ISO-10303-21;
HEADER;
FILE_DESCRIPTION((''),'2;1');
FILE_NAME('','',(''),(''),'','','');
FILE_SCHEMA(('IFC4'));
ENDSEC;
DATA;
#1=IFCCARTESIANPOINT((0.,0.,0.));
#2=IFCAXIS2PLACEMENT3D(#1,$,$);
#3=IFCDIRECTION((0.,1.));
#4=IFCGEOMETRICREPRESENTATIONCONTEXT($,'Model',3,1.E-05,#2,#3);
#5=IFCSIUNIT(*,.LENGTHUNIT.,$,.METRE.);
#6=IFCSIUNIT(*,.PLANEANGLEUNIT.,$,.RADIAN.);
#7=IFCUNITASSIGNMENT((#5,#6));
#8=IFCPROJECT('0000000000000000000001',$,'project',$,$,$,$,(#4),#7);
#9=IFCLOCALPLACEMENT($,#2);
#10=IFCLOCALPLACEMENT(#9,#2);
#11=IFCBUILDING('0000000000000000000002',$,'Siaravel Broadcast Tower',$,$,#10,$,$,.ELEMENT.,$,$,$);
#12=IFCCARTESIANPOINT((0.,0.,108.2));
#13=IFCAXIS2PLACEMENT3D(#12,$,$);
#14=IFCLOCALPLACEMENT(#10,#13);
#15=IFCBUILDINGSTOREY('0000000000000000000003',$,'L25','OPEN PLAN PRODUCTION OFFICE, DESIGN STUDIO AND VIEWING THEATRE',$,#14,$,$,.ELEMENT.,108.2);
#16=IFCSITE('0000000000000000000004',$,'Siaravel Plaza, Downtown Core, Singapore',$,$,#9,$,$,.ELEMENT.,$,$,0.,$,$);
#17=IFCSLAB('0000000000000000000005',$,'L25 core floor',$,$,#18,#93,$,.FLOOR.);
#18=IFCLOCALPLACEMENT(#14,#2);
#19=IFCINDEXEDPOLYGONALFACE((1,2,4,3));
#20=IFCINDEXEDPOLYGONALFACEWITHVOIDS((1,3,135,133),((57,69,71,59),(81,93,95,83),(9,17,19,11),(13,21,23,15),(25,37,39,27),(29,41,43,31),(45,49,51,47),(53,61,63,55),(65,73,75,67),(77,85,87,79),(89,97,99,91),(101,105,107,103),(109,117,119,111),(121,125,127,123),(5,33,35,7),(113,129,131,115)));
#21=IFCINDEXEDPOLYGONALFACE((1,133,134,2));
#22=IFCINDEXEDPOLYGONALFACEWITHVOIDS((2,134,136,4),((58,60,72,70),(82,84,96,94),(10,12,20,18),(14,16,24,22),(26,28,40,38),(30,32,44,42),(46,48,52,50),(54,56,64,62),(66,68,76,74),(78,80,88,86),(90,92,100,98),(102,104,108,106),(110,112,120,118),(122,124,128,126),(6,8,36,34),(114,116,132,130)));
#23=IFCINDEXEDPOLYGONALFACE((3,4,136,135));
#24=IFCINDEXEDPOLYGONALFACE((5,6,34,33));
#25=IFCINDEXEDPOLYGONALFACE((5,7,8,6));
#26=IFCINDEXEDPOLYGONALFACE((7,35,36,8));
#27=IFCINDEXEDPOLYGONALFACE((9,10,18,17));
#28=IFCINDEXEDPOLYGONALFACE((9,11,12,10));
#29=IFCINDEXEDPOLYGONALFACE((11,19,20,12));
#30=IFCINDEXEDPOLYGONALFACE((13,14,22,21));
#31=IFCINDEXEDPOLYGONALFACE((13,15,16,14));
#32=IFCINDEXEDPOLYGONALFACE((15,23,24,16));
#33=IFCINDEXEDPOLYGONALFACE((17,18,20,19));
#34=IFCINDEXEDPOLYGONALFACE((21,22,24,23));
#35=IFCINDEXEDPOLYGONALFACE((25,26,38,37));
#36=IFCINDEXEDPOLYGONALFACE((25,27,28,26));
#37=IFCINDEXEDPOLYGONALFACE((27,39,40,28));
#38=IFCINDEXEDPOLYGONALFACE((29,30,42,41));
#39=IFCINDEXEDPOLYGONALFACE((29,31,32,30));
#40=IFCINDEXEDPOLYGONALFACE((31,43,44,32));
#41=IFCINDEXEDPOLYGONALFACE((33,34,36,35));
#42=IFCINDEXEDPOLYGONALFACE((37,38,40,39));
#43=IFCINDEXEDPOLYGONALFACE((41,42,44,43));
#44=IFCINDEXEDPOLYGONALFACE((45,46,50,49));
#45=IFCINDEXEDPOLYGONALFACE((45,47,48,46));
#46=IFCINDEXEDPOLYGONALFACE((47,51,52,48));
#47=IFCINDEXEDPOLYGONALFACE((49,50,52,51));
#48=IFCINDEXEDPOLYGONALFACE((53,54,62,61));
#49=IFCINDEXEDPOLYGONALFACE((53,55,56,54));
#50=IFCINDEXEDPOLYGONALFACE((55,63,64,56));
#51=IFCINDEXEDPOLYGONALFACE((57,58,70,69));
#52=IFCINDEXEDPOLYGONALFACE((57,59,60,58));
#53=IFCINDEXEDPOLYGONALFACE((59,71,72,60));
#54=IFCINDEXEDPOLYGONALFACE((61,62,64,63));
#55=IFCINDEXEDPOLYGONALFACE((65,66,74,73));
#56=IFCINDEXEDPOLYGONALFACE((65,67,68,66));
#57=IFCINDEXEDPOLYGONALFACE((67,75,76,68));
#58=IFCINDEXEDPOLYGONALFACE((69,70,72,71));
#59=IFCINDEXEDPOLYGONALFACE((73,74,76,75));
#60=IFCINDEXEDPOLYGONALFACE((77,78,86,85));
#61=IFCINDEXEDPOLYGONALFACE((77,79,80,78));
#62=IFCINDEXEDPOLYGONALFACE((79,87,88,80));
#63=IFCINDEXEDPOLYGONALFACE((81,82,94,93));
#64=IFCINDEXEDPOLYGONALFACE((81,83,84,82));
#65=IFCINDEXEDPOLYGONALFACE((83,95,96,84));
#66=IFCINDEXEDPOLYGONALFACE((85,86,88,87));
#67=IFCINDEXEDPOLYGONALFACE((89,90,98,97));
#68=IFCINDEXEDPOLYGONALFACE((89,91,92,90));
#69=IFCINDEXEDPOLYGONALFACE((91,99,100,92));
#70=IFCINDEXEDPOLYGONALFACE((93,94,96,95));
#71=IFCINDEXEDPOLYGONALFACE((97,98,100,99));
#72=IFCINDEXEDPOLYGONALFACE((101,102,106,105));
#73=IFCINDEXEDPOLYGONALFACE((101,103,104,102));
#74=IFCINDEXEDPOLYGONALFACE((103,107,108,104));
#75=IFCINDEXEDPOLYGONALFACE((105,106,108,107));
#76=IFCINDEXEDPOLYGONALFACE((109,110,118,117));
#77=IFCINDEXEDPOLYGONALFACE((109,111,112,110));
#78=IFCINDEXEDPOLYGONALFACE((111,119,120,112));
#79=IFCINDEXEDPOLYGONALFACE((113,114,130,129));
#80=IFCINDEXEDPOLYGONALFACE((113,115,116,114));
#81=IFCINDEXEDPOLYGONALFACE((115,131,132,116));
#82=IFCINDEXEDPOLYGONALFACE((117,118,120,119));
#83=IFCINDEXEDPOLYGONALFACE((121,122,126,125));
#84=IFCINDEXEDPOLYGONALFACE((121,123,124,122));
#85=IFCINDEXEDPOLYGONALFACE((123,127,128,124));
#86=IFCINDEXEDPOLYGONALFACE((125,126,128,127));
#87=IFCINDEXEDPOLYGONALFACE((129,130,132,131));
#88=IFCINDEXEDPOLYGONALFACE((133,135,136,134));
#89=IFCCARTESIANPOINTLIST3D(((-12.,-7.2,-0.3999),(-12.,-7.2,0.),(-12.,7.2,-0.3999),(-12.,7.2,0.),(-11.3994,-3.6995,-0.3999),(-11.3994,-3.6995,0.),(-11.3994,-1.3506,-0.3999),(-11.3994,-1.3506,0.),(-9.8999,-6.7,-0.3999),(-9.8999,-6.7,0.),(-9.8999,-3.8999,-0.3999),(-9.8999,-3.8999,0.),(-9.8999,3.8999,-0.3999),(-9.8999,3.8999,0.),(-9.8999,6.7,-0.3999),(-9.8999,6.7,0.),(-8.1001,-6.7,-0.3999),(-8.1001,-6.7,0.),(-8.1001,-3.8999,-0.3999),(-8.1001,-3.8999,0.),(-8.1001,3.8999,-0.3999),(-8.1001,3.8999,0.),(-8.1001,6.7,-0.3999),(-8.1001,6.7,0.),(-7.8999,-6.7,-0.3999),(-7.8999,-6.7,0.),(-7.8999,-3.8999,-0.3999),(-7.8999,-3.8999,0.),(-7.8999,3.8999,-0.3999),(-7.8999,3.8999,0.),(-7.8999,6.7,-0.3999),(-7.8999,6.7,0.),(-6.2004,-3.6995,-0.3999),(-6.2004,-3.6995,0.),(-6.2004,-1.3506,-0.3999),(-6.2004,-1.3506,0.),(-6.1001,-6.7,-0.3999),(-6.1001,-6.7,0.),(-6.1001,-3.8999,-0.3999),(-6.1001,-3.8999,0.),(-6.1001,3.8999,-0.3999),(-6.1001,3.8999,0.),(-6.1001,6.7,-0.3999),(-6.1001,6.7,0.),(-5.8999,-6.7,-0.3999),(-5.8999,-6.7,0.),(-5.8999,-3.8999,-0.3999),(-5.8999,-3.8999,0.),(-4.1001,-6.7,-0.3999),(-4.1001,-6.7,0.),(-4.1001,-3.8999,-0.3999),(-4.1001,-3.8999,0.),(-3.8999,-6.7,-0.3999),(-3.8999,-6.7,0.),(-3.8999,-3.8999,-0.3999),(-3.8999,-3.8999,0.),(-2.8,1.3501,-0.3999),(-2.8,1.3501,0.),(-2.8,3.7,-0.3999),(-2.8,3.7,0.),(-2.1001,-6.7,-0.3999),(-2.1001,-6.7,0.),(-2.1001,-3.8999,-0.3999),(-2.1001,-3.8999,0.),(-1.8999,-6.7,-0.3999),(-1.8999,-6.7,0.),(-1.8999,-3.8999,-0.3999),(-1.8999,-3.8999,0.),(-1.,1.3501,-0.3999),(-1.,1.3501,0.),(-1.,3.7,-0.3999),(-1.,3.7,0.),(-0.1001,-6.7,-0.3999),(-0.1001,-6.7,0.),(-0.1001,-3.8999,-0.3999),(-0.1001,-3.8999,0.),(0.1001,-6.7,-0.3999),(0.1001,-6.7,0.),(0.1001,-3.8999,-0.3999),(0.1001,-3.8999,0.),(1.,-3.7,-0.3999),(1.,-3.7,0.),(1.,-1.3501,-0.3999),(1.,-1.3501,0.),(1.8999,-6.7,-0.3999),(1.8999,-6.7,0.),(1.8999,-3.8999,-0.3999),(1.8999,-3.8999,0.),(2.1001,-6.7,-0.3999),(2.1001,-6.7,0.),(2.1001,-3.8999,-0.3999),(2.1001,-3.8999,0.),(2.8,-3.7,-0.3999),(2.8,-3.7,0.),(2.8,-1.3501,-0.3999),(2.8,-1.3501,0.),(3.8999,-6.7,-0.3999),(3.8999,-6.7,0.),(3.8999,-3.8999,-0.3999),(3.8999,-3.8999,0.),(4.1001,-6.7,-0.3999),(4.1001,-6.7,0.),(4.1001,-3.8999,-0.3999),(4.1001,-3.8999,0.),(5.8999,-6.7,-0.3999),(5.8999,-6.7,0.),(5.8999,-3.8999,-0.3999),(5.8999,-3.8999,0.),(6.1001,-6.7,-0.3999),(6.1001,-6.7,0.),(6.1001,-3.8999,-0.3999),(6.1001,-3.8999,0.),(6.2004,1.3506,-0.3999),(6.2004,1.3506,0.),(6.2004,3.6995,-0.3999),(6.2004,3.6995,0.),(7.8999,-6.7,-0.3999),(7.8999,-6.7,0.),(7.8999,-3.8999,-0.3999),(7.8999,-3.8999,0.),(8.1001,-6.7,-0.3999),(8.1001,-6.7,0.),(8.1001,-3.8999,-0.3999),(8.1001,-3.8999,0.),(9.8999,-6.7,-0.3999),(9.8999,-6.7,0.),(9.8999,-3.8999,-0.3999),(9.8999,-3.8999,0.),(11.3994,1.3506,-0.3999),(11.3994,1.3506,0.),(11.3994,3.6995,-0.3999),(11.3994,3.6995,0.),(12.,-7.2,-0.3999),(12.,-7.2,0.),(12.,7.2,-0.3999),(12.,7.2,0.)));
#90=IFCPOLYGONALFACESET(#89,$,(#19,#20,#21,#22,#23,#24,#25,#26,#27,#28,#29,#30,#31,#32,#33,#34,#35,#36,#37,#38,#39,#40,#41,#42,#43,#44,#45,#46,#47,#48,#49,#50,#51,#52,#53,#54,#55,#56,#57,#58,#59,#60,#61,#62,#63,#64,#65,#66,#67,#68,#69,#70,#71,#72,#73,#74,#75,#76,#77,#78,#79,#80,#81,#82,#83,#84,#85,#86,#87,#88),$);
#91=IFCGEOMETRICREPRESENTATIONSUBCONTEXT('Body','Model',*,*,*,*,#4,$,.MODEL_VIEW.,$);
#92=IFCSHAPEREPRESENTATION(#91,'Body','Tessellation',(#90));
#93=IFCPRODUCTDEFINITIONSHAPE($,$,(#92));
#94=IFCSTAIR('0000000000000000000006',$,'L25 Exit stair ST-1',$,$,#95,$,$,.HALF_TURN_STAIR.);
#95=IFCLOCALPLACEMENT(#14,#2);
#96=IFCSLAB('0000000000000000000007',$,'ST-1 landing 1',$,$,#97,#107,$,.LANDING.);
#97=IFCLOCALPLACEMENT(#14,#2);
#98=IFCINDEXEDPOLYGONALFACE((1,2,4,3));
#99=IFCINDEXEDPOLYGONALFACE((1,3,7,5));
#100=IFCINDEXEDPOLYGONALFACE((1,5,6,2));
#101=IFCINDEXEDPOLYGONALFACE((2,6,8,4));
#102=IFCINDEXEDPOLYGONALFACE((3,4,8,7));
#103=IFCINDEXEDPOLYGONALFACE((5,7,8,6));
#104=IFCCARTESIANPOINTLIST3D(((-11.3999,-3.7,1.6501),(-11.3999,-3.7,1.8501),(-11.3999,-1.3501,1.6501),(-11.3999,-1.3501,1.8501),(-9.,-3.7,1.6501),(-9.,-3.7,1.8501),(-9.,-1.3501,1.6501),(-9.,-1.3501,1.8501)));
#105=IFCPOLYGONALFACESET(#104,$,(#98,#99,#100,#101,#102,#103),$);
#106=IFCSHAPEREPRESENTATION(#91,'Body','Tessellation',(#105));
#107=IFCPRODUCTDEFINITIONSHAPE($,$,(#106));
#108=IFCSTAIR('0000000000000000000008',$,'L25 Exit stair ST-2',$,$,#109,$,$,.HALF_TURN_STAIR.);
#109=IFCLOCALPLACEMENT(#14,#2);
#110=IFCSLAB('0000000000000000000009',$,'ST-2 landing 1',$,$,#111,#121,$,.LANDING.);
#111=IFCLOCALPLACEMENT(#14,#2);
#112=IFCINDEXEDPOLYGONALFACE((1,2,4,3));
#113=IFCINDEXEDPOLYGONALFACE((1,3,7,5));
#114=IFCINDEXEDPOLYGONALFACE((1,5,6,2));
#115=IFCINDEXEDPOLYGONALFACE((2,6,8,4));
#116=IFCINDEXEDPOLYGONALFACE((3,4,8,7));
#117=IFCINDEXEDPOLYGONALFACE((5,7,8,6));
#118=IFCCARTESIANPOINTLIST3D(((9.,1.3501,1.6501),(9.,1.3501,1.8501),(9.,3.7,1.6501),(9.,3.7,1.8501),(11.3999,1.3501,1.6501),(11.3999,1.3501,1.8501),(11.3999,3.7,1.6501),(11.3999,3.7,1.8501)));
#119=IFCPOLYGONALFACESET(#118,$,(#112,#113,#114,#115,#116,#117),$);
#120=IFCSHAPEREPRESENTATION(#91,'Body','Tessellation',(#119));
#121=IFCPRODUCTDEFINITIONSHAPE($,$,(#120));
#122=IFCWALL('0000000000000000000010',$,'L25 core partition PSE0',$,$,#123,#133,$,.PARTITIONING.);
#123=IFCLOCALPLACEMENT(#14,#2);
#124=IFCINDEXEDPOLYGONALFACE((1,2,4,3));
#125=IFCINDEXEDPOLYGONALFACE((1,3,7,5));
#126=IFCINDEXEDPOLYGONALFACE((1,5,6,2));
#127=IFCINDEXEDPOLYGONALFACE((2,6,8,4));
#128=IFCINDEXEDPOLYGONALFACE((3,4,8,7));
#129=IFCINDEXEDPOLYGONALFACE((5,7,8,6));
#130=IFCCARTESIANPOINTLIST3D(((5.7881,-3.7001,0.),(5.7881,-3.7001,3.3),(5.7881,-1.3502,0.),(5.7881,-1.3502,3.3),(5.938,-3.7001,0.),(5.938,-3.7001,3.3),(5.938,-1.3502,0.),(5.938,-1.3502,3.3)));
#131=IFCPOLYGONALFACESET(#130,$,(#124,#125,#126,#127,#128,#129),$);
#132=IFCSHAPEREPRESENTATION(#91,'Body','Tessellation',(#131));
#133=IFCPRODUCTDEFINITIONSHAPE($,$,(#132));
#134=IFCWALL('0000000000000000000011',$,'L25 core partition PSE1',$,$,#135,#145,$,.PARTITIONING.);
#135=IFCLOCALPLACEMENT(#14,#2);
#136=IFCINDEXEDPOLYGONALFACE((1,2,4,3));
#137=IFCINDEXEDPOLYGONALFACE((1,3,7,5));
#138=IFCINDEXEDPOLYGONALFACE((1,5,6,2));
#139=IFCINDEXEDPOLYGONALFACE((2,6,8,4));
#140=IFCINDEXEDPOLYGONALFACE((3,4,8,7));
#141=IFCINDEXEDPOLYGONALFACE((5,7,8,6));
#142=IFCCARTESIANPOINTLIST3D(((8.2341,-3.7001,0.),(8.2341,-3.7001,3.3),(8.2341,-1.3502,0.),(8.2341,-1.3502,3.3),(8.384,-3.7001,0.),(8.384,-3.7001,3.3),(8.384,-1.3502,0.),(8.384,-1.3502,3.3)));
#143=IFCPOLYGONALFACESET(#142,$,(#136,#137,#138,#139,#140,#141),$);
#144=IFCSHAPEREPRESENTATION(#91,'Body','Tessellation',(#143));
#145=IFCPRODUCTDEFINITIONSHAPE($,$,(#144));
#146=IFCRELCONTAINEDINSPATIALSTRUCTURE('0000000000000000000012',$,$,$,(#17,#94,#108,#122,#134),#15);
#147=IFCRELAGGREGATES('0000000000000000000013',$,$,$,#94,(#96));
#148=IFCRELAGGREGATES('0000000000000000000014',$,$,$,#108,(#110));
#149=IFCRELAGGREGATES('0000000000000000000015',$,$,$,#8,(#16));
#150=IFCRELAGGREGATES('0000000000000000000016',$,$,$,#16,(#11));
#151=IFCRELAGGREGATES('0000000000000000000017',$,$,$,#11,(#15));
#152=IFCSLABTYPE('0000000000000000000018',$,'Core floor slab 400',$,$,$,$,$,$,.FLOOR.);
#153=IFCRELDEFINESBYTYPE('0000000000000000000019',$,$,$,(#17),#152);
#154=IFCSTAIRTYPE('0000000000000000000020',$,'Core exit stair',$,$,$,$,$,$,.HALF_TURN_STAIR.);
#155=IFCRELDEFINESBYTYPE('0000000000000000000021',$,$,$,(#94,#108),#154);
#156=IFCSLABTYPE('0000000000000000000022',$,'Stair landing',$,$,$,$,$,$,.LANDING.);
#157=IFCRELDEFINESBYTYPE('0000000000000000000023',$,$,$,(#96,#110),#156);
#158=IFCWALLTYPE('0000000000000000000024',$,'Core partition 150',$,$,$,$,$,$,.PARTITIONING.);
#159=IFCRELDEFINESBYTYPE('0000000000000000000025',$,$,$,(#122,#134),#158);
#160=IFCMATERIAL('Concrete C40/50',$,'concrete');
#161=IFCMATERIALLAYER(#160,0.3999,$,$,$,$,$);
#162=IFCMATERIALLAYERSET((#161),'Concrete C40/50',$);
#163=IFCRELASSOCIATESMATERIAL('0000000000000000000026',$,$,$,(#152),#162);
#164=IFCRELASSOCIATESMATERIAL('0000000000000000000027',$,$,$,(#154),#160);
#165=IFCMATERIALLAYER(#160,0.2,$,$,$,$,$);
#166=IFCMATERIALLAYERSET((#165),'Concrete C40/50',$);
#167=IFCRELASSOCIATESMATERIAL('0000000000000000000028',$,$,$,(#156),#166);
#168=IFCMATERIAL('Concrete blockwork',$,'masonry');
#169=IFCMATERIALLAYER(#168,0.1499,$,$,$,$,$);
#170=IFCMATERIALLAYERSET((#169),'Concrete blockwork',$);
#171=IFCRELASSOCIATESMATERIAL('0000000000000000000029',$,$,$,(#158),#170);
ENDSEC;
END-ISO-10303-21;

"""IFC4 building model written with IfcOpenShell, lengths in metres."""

from ifc_helpers import new_model, si_unit, direction, frame, frame_2d, origin, place, context, subcontext, project, spatial, polyline, rectangle, outline, extrude, material, layer, layer_set, type_object, element, aggregate, save


model = new_model("IFC4")

# Units and contexts
model_context = context("Model", 3, precision=1e-05, world=origin(), true_north=direction((0.0, 1.0)))
body_context = subcontext(model_context, "Body", "Model", "MODEL_VIEW")
ifc_project = project(units=[si_unit("LENGTHUNIT", "METRE"), si_unit("PLANEANGLEUNIT", "RADIAN")], contexts=[model_context])

# Site, building, storey
site_placement = place(None, origin())
site = spatial("IfcSite", under=ifc_project, at=site_placement, Name="Siaravel Plaza, Downtown Core, Singapore", CompositionType="ELEMENT", RefElevation=0.0)
building_placement = place(site_placement, origin())
building = spatial("IfcBuilding", under=site, at=building_placement, Name="Siaravel Broadcast Tower", CompositionType="ELEMENT")
storey_placement = place(building_placement, frame((0.0, 0.0, 108.2)))
storey = spatial("IfcBuildingStorey", under=building, at=storey_placement, Name="L25", Description="OPEN PLAN PRODUCTION OFFICE, DESIGN STUDIO AND VIEWING THEATRE", CompositionType="ELEMENT", Elevation=108.2)

# Slab
ifc_material_1 = material(Name="Concrete C40/50", Category="concrete")
ifc_layer_1 = layer(ifc_material_1, 0.3999)
ifc_layer_set_1 = layer_set([ifc_layer_1], Name="Concrete C40/50")
slab_type_1 = type_object("IfcSlabType", Name="Core floor slab 400", PredefinedType="FLOOR", material=ifc_layer_set_1)
slab_1_placement = place(storey_placement, frame((0.0, 0.0, -0.3999)))
element("IfcSlab", 1, at=slab_1_placement, inside=storey, type_object=slab_type_1, Name="L25 core floor", PredefinedType="FLOOR", context=body_context, shape_type="SweptSolid", body=[
    extrude(outline(polyline([(-12.0, -7.2), (-12.0, 7.2), (12.0, 7.2), (12.0, -7.2), (-12.0, -7.2)]), holes=[polyline([(11.3994, 1.3506), (11.3994, 3.6995), (6.2004, 3.6995), (6.2004, 1.3506), (11.3994, 1.3506)]), polyline([(9.8999, -3.8999), (8.1001, -3.8999), (8.1001, -6.7), (9.8999, -6.7), (9.8999, -3.8999)]), polyline([(7.8999, -3.8999), (6.1001, -3.8999), (6.1001, -6.7), (7.8999, -6.7), (7.8999, -3.8999)]), polyline([(5.8999, -3.8999), (4.1001, -3.8999), (4.1001, -6.7), (5.8999, -6.7), (5.8999, -3.8999)]), polyline([(3.8999, -3.8999), (2.1001, -3.8999), (2.1001, -6.7), (3.8999, -6.7), (3.8999, -3.8999)]), polyline([(2.8, -1.3501), (1.0, -1.3501), (1.0, -3.7), (2.8, -3.7), (2.8, -1.3501)]), polyline([(1.8999, -3.8999), (0.1001, -3.8999), (0.1001, -6.7), (1.8999, -6.7), (1.8999, -3.8999)]), polyline([(-0.1001, -3.8999), (-1.8999, -3.8999), (-1.8999, -6.7), (-0.1001, -6.7), (-0.1001, -3.8999)]), polyline([(-1.0, 3.7), (-2.8, 3.7), (-2.8, 1.3501), (-1.0, 1.3501), (-1.0, 3.7)]), polyline([(-2.1001, -3.8999), (-3.8999, -3.8999), (-3.8999, -6.7), (-2.1001, -6.7), (-2.1001, -3.8999)]), polyline([(-4.1001, -3.8999), (-5.8999, -3.8999), (-5.8999, -6.7), (-4.1001, -6.7), (-4.1001, -3.8999)]), polyline([(-6.1001, -3.8999), (-7.8999, -3.8999), (-7.8999, -6.7), (-6.1001, -6.7), (-6.1001, -3.8999)]), polyline([(-6.1001, 6.7), (-7.8999, 6.7), (-7.8999, 3.8999), (-6.1001, 3.8999), (-6.1001, 6.7)]), polyline([(-11.3994, -1.3506), (-11.3994, -3.6995), (-6.2004, -3.6995), (-6.2004, -1.3506), (-11.3994, -1.3506)]), polyline([(-8.1001, -3.8999), (-9.8999, -3.8999), (-9.8999, -6.7), (-8.1001, -6.7), (-8.1001, -3.8999)]), polyline([(-8.1001, 6.7), (-9.8999, 6.7), (-9.8999, 3.8999), (-8.1001, 3.8999), (-8.1001, 6.7)])]), origin(), (0.0, 0.0, 1.0), 0.3999),
])

# Stairs, slabs
stair_type = type_object("IfcStairType", Name="Core exit stair", PredefinedType="HALF_TURN_STAIR", material=ifc_material_1)
stair_1_placement = place(storey_placement, origin())
stair_1 = element("IfcStair", 2, at=stair_1_placement, inside=storey, type_object=stair_type, Name="L25 Exit stair ST-1", PredefinedType="HALF_TURN_STAIR")
ifc_layer_2 = layer(ifc_material_1, 0.2)
ifc_layer_set_2 = layer_set([ifc_layer_2], Name="Concrete C40/50")
slab_type_2 = type_object("IfcSlabType", Name="Stair landing", PredefinedType="LANDING", material=ifc_layer_set_2)
slab_2_placement = place(storey_placement, frame((0.0, 0.0, 1.6501)))
slab_2 = element("IfcSlab", 3, at=slab_2_placement, type_object=slab_type_2, Name="ST-1 landing 1", PredefinedType="LANDING", context=body_context, shape_type="SweptSolid", body=[
    extrude(outline(polyline([(-9.0, -1.3501), (-11.3999, -1.3501), (-11.3999, -3.7), (-9.0, -3.7), (-9.0, -1.3501)])), origin(), (0.0, 0.0, 1.0), 0.2),
])
aggregate(stair_1, [slab_2])
stair_2_placement = place(storey_placement, origin())
stair_2 = element("IfcStair", 4, at=stair_2_placement, inside=storey, type_object=stair_type, Name="L25 Exit stair ST-2", PredefinedType="HALF_TURN_STAIR")
slab_3_placement = place(storey_placement, frame((0.0, 0.0, 1.6501)))
slab_3 = element("IfcSlab", 5, at=slab_3_placement, type_object=slab_type_2, Name="ST-2 landing 1", PredefinedType="LANDING", context=body_context, shape_type="SweptSolid", body=[
    extrude(outline(polyline([(9.0, 1.3501), (11.3999, 1.3501), (11.3999, 3.7), (9.0, 3.7), (9.0, 1.3501)])), origin(), (0.0, 0.0, 1.0), 0.2),
])
aggregate(stair_2, [slab_3])

# Walls
ifc_material_2 = material(Name="Concrete blockwork", Category="masonry")
ifc_layer_3 = layer(ifc_material_2, 0.1499)
ifc_layer_set_3 = layer_set([ifc_layer_3], Name="Concrete blockwork")
wall_type_1 = type_object("IfcWallType", Name="Core partition 150", PredefinedType="PARTITIONING", material=ifc_layer_set_3)
for number, where, z_axis, x_axis, name in (
    (6, (5.863, -3.7, 0.0), (0.0, 0.0, 1.0), (0.0, 1.0, 0.0), "L25 core partition PSE0"),
    (7, (8.3091, -3.7, 0.0), (0.0, 0.0, 1.0), (0.0, 1.0, 0.0), "L25 core partition PSE1"),
):
    element("IfcWall", number, at=place(storey_placement, frame(where, z_axis=z_axis, x_axis=x_axis)), inside=storey, type_object=wall_type_1, Name=name, PredefinedType="PARTITIONING", context=body_context, shape_type="SweptSolid", body=[
        extrude(rectangle(XDim=2.3499, YDim=0.1499, at=frame_2d((1.1748, 0.0))), origin(), (0.0, 0.0, 1.0), 3.3),
    ])

save(model, "model.ifc")
